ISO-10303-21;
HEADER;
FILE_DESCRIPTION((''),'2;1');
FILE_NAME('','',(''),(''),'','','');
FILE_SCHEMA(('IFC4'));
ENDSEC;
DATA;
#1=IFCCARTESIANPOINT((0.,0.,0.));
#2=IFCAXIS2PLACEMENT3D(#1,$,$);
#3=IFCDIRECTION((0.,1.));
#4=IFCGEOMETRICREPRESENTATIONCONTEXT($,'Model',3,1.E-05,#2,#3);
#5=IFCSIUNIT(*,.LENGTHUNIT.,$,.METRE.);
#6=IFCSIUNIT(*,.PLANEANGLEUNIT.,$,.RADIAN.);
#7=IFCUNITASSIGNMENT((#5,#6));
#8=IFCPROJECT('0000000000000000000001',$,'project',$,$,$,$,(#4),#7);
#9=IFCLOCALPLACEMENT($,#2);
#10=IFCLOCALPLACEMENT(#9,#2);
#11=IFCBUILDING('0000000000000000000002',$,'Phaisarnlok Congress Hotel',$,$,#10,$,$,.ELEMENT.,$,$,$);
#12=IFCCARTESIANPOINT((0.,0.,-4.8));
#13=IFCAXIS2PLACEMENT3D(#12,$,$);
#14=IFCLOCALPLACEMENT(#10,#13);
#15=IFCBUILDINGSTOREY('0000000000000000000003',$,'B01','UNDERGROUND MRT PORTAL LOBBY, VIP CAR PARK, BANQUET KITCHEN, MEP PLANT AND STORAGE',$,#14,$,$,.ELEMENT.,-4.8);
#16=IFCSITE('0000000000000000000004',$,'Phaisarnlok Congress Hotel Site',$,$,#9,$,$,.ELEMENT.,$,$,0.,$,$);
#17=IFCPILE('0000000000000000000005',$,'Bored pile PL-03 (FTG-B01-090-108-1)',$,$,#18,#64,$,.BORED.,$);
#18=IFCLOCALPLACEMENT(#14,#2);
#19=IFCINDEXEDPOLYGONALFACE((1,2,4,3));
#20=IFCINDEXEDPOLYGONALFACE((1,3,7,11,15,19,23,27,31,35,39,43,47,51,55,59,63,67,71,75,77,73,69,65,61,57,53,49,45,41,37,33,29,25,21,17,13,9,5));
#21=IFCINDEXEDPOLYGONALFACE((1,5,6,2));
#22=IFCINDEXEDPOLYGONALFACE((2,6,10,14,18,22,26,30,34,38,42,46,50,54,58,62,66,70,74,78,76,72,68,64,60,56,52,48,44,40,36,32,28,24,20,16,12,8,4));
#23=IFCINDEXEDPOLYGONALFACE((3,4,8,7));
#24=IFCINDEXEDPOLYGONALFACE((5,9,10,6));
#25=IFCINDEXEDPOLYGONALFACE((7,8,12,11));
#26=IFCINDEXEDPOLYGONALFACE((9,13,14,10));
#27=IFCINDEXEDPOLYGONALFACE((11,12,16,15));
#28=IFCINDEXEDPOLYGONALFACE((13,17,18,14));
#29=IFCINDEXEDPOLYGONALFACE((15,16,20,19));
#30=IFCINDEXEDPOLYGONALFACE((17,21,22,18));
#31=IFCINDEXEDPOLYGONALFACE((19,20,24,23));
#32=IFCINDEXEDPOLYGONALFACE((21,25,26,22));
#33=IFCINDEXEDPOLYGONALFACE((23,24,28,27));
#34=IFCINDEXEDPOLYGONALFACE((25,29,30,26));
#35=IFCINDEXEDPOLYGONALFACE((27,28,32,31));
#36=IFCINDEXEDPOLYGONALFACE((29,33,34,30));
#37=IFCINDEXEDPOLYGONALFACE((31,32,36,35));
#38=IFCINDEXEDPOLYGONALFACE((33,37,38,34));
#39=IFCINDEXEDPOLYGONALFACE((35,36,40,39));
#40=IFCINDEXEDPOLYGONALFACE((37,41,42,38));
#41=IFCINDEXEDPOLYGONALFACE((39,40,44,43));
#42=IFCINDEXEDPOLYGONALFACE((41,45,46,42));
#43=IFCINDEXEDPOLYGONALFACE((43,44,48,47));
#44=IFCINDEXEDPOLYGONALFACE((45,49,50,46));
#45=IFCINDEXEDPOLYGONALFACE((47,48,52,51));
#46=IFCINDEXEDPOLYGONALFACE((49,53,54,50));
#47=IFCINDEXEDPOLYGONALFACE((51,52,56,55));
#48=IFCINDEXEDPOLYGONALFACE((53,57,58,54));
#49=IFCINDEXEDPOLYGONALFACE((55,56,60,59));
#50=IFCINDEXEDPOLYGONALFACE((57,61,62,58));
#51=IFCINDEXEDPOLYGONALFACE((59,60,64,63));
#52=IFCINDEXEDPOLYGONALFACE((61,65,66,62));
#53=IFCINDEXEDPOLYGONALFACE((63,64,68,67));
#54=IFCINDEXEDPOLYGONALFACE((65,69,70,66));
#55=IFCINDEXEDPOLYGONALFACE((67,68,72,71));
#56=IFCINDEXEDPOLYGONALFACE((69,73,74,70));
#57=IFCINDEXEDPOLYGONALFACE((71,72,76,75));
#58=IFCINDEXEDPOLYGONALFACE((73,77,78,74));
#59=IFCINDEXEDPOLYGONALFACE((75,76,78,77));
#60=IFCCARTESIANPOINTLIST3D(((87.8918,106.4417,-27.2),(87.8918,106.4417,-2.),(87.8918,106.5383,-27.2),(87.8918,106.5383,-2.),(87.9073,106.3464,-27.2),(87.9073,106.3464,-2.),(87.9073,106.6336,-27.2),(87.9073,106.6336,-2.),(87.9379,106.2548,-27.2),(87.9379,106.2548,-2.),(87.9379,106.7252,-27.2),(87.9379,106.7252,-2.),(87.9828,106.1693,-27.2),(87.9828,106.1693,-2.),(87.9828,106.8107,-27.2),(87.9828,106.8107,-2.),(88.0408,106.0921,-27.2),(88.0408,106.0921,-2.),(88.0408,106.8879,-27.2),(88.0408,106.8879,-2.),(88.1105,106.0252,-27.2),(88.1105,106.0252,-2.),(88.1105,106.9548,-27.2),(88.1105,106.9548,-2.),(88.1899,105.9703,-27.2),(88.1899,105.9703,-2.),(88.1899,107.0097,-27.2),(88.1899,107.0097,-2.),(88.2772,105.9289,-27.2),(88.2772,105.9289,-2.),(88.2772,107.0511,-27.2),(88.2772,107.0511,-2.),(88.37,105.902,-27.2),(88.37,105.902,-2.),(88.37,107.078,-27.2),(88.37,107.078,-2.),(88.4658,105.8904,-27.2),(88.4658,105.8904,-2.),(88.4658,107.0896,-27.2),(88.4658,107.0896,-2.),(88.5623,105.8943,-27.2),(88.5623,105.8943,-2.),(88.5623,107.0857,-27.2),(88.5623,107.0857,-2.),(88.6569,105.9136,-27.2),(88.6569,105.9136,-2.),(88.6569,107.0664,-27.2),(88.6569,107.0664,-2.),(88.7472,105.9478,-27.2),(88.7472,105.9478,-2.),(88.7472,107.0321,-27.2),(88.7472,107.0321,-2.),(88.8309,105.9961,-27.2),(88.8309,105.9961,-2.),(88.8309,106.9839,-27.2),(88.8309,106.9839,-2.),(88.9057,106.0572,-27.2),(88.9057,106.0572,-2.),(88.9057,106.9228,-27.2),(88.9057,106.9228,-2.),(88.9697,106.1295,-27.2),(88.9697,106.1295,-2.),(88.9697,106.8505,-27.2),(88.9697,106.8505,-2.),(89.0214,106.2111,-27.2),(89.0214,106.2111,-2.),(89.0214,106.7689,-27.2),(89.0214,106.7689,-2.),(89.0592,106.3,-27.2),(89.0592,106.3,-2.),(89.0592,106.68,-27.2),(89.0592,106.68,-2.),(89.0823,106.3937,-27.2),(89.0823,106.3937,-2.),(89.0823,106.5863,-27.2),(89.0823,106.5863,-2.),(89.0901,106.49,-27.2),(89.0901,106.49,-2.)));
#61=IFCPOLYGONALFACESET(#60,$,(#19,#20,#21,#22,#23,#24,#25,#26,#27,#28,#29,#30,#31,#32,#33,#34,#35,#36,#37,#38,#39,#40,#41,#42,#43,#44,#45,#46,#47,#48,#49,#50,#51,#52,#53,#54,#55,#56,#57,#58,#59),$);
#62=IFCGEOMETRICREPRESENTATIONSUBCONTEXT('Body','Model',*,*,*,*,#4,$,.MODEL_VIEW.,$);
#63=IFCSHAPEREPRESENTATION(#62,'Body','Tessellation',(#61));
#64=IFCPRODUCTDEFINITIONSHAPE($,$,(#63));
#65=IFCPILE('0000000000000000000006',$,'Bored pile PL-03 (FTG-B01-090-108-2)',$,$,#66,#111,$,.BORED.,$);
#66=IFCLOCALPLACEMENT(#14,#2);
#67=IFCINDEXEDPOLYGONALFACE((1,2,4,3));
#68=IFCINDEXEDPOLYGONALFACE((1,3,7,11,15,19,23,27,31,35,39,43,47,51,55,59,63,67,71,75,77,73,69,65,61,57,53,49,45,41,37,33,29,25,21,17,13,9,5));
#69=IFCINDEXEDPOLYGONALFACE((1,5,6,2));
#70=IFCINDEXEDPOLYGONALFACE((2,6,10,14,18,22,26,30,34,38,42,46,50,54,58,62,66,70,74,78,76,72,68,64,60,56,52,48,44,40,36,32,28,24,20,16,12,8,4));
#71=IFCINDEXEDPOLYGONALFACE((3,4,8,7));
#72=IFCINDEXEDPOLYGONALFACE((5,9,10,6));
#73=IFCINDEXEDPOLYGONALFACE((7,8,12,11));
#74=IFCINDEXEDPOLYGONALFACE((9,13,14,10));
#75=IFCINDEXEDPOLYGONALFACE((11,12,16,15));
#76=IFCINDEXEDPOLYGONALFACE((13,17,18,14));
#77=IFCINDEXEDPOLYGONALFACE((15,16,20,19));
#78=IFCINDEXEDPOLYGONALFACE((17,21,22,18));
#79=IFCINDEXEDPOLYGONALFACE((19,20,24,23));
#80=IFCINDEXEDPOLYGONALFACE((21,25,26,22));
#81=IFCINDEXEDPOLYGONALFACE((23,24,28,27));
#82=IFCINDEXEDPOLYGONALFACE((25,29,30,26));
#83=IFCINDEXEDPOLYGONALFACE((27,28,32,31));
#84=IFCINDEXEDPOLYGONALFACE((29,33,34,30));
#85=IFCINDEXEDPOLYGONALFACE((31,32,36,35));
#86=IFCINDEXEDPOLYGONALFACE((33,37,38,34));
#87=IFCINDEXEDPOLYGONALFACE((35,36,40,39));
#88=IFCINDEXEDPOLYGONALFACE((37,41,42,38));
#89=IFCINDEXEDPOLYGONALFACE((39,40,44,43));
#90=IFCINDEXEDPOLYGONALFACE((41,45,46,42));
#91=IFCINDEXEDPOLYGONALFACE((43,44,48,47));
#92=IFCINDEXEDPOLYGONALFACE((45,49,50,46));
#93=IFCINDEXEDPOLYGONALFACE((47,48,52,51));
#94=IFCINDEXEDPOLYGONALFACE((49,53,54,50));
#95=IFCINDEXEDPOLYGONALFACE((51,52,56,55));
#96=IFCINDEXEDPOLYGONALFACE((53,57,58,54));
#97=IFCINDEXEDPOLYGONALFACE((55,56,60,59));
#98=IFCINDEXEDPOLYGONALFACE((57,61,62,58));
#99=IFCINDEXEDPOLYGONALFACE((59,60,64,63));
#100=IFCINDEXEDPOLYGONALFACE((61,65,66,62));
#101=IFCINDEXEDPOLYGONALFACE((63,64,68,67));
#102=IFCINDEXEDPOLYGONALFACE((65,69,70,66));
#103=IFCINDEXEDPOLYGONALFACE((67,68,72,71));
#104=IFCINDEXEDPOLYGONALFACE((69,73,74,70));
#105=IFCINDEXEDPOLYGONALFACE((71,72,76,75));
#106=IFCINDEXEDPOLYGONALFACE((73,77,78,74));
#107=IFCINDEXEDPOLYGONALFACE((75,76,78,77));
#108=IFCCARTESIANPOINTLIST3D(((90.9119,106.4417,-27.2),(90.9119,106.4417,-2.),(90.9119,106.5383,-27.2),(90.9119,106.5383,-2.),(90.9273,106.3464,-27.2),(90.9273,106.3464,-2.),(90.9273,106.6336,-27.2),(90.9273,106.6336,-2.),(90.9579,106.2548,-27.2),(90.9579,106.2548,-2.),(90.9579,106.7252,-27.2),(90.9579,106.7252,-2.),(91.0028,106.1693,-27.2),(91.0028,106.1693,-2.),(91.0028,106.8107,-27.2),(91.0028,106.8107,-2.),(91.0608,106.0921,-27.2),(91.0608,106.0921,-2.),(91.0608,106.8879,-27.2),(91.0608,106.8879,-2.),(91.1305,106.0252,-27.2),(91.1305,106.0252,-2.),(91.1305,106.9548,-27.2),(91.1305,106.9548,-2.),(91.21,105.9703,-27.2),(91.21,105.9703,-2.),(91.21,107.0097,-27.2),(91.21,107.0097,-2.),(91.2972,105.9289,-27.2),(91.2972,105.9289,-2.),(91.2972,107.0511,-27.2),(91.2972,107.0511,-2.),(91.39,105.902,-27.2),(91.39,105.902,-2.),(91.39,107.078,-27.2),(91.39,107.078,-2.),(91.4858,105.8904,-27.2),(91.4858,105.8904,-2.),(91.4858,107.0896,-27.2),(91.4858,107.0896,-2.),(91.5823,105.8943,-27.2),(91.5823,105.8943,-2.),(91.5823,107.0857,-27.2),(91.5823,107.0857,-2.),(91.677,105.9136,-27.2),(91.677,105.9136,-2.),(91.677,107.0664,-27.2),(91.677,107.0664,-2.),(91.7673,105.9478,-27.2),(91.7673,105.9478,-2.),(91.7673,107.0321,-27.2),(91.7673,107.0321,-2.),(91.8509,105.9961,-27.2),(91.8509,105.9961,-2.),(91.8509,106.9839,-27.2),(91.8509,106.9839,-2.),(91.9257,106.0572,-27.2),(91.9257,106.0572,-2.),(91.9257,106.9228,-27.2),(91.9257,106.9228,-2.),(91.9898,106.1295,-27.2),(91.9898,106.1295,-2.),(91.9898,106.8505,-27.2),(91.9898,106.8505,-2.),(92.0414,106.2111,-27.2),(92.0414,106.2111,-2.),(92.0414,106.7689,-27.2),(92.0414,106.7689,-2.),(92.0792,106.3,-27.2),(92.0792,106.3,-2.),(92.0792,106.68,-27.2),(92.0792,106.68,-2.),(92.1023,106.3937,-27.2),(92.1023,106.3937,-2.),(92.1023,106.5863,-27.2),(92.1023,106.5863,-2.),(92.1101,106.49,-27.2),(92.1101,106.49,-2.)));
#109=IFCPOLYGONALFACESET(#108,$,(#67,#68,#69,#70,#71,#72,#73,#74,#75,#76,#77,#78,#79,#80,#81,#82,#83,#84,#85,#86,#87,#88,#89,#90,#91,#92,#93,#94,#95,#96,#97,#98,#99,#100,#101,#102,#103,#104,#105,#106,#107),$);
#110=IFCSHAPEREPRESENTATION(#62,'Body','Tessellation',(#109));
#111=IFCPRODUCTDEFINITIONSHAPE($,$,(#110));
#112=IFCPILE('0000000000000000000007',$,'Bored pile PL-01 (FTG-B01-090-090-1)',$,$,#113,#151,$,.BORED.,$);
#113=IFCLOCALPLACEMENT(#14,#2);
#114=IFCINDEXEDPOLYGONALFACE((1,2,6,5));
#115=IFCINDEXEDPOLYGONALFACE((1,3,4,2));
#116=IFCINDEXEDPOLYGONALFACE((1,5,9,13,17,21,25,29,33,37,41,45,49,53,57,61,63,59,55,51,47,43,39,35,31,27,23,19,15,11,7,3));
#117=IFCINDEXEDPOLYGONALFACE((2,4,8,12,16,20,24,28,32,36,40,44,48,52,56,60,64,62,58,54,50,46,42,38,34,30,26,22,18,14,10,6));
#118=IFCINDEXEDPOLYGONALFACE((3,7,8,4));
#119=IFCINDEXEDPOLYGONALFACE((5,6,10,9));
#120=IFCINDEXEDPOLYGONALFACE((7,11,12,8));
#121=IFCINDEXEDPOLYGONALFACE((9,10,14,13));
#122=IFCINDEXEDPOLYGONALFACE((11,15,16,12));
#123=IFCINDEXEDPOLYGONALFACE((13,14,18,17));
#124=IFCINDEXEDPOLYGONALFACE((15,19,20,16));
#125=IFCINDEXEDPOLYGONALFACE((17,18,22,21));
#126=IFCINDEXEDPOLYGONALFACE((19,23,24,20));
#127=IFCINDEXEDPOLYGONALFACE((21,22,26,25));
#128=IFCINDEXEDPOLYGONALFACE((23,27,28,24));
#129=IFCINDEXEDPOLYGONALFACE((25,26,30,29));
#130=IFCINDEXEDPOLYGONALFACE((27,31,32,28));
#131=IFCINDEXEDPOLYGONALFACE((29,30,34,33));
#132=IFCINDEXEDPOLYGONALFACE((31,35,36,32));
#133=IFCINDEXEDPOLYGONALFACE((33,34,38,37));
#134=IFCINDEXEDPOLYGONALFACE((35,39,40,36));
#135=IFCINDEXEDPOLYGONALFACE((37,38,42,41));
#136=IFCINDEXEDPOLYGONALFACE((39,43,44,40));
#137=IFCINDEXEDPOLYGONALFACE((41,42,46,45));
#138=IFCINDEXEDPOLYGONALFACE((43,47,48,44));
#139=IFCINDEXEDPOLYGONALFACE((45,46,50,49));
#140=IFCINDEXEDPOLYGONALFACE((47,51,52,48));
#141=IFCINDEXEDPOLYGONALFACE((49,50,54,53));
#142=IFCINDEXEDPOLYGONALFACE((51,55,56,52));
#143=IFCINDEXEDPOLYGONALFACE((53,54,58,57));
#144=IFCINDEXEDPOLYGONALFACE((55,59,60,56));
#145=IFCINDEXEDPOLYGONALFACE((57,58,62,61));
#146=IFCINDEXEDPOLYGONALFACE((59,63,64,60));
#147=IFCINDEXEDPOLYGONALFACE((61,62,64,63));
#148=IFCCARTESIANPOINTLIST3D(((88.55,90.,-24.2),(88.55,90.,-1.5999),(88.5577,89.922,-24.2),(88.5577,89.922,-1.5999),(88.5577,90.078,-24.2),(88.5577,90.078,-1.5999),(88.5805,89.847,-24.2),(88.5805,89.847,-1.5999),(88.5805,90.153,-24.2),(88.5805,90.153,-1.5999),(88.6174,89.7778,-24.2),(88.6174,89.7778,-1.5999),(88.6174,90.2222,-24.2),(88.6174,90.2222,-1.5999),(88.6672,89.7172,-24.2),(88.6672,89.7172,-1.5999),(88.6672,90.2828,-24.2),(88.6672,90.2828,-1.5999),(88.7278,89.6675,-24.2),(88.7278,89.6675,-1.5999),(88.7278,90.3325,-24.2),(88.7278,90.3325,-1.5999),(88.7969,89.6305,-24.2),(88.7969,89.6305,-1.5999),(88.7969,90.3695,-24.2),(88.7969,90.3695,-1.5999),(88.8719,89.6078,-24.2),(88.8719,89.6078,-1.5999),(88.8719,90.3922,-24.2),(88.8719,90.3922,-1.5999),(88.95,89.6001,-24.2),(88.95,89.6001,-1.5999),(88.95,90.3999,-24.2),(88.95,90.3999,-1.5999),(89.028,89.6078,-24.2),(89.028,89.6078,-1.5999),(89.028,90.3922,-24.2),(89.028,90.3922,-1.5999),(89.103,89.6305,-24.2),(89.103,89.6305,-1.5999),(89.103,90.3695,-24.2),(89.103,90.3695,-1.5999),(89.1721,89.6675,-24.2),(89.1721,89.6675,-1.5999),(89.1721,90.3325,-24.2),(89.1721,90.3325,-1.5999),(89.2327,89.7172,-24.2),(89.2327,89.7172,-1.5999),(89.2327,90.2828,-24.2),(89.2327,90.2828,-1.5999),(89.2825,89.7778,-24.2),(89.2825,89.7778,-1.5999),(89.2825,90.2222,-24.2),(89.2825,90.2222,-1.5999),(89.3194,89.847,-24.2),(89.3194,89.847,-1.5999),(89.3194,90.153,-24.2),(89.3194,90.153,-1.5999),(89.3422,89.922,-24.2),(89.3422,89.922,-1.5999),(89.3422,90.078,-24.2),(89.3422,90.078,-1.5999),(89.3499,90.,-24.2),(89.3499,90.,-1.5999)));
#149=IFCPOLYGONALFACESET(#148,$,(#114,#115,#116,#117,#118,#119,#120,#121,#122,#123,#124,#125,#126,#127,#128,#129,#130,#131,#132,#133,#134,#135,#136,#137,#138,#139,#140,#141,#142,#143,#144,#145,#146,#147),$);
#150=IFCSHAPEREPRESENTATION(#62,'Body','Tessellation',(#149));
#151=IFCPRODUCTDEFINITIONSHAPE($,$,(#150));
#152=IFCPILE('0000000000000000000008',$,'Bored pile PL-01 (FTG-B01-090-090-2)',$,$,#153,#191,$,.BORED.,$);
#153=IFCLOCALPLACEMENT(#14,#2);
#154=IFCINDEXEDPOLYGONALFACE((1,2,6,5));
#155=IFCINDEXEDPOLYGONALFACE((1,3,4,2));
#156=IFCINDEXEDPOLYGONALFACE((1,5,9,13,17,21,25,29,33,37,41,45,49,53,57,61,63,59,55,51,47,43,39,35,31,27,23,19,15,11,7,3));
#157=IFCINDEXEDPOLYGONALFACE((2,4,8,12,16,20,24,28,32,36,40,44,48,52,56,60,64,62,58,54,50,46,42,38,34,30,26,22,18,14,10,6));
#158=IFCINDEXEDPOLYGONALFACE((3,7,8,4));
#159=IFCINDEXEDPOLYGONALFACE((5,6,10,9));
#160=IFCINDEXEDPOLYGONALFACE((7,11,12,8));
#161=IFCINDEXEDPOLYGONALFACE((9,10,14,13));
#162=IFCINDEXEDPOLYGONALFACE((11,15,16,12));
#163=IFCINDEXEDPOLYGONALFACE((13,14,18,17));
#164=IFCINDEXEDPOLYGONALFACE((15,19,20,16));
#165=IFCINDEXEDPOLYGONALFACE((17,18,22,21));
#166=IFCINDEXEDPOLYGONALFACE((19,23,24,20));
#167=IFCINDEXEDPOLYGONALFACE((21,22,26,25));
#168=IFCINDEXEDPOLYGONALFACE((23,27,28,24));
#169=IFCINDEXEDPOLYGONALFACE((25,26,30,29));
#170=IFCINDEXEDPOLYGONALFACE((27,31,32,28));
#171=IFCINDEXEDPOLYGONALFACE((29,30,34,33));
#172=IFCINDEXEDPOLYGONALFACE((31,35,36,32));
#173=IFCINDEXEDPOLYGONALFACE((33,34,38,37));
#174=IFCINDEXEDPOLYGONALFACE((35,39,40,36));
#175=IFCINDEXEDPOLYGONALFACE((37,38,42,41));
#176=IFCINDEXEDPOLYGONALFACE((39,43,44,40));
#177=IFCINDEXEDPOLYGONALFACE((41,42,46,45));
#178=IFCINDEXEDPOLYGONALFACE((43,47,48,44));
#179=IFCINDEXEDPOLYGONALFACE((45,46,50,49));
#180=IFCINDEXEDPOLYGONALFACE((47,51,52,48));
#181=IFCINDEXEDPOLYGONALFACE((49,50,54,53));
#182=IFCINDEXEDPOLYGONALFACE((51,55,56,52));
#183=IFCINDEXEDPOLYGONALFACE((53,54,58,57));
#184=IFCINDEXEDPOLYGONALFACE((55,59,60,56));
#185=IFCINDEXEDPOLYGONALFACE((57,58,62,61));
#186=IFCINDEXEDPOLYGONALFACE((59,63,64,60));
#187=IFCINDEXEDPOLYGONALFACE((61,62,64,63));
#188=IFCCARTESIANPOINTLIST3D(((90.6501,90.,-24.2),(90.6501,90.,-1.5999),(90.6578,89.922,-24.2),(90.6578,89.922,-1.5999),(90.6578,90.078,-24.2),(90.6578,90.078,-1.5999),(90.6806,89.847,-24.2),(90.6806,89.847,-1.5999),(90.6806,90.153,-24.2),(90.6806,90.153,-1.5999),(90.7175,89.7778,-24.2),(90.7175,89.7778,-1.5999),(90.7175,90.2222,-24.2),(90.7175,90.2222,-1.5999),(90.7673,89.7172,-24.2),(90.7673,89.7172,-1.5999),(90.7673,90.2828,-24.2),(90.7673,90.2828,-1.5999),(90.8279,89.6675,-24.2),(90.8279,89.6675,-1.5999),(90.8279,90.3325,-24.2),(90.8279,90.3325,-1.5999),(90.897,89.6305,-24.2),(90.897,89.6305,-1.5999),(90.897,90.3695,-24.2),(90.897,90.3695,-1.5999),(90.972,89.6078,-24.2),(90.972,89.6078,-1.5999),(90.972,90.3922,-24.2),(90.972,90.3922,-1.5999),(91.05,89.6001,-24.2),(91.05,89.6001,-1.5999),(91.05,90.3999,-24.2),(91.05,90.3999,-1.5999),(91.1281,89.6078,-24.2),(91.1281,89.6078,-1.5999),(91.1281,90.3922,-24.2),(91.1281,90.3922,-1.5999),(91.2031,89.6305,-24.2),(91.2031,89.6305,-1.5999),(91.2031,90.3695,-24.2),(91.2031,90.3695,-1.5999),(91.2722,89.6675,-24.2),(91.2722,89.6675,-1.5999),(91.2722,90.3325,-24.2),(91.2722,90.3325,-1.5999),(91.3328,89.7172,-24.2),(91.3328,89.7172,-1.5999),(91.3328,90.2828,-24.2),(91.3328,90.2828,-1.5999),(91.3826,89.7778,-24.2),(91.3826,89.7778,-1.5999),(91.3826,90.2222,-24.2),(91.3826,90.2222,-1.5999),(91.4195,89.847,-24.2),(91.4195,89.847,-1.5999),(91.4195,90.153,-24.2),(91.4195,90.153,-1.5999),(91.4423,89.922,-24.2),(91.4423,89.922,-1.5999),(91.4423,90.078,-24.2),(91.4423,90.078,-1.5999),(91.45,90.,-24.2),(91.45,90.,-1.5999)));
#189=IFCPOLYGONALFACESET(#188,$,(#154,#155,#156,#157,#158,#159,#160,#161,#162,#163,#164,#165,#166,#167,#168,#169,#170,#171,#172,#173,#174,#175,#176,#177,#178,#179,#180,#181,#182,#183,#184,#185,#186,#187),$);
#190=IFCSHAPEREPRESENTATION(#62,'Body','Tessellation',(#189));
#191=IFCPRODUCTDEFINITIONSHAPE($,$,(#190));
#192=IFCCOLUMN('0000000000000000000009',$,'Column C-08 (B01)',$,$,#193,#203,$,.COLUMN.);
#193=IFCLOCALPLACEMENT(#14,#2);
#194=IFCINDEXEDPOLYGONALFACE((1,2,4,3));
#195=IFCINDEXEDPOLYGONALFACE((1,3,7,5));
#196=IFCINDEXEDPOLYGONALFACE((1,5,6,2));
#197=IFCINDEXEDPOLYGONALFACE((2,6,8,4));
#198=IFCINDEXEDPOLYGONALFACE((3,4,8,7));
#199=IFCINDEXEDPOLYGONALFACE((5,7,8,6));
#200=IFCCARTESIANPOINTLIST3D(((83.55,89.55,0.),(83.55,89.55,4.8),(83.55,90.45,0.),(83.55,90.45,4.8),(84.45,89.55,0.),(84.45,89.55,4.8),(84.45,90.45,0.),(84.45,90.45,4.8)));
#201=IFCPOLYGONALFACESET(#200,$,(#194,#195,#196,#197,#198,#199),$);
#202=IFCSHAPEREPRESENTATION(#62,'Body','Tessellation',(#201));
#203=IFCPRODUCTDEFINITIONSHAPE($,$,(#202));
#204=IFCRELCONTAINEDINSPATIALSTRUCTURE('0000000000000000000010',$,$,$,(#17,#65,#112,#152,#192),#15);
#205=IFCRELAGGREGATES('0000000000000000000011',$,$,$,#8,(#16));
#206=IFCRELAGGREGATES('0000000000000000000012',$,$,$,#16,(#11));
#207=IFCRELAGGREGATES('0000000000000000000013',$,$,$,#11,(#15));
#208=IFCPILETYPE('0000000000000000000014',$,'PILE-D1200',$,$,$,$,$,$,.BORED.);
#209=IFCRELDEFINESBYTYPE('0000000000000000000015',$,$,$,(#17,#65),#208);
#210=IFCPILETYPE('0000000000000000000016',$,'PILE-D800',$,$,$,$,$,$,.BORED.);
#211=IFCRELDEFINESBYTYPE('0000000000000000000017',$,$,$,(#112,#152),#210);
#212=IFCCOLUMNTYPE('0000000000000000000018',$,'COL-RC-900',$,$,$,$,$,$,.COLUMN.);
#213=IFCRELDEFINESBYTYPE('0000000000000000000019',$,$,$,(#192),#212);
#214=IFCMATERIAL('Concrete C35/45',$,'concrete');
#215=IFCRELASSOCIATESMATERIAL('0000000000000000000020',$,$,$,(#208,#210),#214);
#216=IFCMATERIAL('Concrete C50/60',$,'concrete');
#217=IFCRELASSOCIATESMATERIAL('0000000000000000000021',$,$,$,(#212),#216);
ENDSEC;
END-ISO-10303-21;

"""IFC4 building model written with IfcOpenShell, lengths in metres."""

from ifc_helpers import new_model, si_unit, direction, frame, origin, origin_2d, place, context, subcontext, project, spatial, rectangle, circle, extrude, material, material_profile, profile_set, type_object, element, save


model = new_model("IFC4")

# Units and contexts
model_context = context("Model", 3, precision=1e-05, world=origin(), true_north=direction((0.0, 1.0)))
body_context = subcontext(model_context, "Body", "Model", "MODEL_VIEW")
ifc_project = project(units=[si_unit("LENGTHUNIT", "METRE"), si_unit("PLANEANGLEUNIT", "RADIAN")], contexts=[model_context])

# Site, building, storey
site_placement = place(None, origin())
site = spatial("IfcSite", under=ifc_project, at=site_placement, Name="Phaisarnlok Congress Hotel Site", CompositionType="ELEMENT", RefElevation=0.0)
building_placement = place(site_placement, origin())
building = spatial("IfcBuilding", under=site, at=building_placement, Name="Phaisarnlok Congress Hotel", CompositionType="ELEMENT")
storey_placement = place(building_placement, frame((0.0, 0.0, -4.8)))
storey = spatial("IfcBuildingStorey", under=building, at=storey_placement, Name="B01", Description="UNDERGROUND MRT PORTAL LOBBY, VIP CAR PARK, BANQUET KITCHEN, MEP PLANT AND STORAGE", CompositionType="ELEMENT", Elevation=-4.8)

# Piles
ifc_material_1 = material(Name="Concrete C35/45", Category="concrete")
ifc_material_profile_1 = material_profile(ifc_material_1, circle(Radius=0.6001, at=origin_2d()), Name="BORED PILE D1200")
ifc_profile_set_1 = profile_set([ifc_material_profile_1], Name="Concrete C35/45")
pile_type_1 = type_object("IfcPileType", Name="PILE-D1200", PredefinedType="BORED", material=ifc_profile_set_1)
for number, where, z_axis, x_axis, name in (
    (1, (88.49, 106.49, -2.0), (0.0, 0.0, -1.0), (1.0, 0.0, 0.0), "Bored pile PL-03 (FTG-B01-090-108-1)"),
    (2, (91.51, 106.49, -2.0), (0.0, 0.0, -1.0), (1.0, 0.0, 0.0), "Bored pile PL-03 (FTG-B01-090-108-2)"),
):
    element("IfcPile", number, at=place(storey_placement, frame(where, z_axis=z_axis, x_axis=x_axis)), inside=storey, type_object=pile_type_1, Name=name, PredefinedType="BORED", context=body_context, shape_type="SweptSolid", body=[
        extrude(circle(Radius=0.6001, at=origin_2d()), origin(), (0.0, 0.0, 1.0), 25.2),
    ])
ifc_material_profile_2 = material_profile(ifc_material_1, circle(Radius=0.3999, at=origin_2d()), Name="BORED PILE D800")
ifc_profile_set_2 = profile_set([ifc_material_profile_2], Name="Concrete C35/45")
pile_type_2 = type_object("IfcPileType", Name="PILE-D800", PredefinedType="BORED", material=ifc_profile_set_2)
for number, where, z_axis, x_axis, name in (
    (3, (88.95, 90.0, -1.5999), (0.0, 0.0, -1.0), (1.0, 0.0, 0.0), "Bored pile PL-01 (FTG-B01-090-090-1)"),
    (4, (91.05, 90.0, -1.5999), (0.0, 0.0, -1.0), (1.0, 0.0, 0.0), "Bored pile PL-01 (FTG-B01-090-090-2)"),
):
    element("IfcPile", number, at=place(storey_placement, frame(where, z_axis=z_axis, x_axis=x_axis)), inside=storey, type_object=pile_type_2, Name=name, PredefinedType="BORED", context=body_context, shape_type="SweptSolid", body=[
        extrude(circle(Radius=0.3999, at=origin_2d()), origin(), (0.0, 0.0, 1.0), 22.6001),
    ])

# Column
ifc_material_2 = material(Name="Concrete C50/60", Category="concrete")
ifc_material_profile_3 = material_profile(ifc_material_2, rectangle(XDim=0.8999, YDim=0.8999, at=origin_2d()), Name="RC 900x900")
ifc_profile_set_3 = profile_set([ifc_material_profile_3], Name="Concrete C50/60")
column_type = type_object("IfcColumnType", Name="COL-RC-900", PredefinedType="COLUMN", material=ifc_profile_set_3)
for number, where, z_axis, x_axis, name in (
    (5, (84.0, 90.0, 0.0), (0.0, 0.0, 1.0), (1.0, 0.0, 0.0), "Column C-08 (B01)"),
):
    element("IfcColumn", number, at=place(storey_placement, frame(where, z_axis=z_axis, x_axis=x_axis)), inside=storey, type_object=column_type, Name=name, PredefinedType="COLUMN", context=body_context, shape_type="SweptSolid", body=[
        extrude(rectangle(XDim=0.8999, YDim=0.8999, at=origin_2d()), origin(), (0.0, 0.0, 1.0), 4.8),
    ])

save(model, "model.ifc")
